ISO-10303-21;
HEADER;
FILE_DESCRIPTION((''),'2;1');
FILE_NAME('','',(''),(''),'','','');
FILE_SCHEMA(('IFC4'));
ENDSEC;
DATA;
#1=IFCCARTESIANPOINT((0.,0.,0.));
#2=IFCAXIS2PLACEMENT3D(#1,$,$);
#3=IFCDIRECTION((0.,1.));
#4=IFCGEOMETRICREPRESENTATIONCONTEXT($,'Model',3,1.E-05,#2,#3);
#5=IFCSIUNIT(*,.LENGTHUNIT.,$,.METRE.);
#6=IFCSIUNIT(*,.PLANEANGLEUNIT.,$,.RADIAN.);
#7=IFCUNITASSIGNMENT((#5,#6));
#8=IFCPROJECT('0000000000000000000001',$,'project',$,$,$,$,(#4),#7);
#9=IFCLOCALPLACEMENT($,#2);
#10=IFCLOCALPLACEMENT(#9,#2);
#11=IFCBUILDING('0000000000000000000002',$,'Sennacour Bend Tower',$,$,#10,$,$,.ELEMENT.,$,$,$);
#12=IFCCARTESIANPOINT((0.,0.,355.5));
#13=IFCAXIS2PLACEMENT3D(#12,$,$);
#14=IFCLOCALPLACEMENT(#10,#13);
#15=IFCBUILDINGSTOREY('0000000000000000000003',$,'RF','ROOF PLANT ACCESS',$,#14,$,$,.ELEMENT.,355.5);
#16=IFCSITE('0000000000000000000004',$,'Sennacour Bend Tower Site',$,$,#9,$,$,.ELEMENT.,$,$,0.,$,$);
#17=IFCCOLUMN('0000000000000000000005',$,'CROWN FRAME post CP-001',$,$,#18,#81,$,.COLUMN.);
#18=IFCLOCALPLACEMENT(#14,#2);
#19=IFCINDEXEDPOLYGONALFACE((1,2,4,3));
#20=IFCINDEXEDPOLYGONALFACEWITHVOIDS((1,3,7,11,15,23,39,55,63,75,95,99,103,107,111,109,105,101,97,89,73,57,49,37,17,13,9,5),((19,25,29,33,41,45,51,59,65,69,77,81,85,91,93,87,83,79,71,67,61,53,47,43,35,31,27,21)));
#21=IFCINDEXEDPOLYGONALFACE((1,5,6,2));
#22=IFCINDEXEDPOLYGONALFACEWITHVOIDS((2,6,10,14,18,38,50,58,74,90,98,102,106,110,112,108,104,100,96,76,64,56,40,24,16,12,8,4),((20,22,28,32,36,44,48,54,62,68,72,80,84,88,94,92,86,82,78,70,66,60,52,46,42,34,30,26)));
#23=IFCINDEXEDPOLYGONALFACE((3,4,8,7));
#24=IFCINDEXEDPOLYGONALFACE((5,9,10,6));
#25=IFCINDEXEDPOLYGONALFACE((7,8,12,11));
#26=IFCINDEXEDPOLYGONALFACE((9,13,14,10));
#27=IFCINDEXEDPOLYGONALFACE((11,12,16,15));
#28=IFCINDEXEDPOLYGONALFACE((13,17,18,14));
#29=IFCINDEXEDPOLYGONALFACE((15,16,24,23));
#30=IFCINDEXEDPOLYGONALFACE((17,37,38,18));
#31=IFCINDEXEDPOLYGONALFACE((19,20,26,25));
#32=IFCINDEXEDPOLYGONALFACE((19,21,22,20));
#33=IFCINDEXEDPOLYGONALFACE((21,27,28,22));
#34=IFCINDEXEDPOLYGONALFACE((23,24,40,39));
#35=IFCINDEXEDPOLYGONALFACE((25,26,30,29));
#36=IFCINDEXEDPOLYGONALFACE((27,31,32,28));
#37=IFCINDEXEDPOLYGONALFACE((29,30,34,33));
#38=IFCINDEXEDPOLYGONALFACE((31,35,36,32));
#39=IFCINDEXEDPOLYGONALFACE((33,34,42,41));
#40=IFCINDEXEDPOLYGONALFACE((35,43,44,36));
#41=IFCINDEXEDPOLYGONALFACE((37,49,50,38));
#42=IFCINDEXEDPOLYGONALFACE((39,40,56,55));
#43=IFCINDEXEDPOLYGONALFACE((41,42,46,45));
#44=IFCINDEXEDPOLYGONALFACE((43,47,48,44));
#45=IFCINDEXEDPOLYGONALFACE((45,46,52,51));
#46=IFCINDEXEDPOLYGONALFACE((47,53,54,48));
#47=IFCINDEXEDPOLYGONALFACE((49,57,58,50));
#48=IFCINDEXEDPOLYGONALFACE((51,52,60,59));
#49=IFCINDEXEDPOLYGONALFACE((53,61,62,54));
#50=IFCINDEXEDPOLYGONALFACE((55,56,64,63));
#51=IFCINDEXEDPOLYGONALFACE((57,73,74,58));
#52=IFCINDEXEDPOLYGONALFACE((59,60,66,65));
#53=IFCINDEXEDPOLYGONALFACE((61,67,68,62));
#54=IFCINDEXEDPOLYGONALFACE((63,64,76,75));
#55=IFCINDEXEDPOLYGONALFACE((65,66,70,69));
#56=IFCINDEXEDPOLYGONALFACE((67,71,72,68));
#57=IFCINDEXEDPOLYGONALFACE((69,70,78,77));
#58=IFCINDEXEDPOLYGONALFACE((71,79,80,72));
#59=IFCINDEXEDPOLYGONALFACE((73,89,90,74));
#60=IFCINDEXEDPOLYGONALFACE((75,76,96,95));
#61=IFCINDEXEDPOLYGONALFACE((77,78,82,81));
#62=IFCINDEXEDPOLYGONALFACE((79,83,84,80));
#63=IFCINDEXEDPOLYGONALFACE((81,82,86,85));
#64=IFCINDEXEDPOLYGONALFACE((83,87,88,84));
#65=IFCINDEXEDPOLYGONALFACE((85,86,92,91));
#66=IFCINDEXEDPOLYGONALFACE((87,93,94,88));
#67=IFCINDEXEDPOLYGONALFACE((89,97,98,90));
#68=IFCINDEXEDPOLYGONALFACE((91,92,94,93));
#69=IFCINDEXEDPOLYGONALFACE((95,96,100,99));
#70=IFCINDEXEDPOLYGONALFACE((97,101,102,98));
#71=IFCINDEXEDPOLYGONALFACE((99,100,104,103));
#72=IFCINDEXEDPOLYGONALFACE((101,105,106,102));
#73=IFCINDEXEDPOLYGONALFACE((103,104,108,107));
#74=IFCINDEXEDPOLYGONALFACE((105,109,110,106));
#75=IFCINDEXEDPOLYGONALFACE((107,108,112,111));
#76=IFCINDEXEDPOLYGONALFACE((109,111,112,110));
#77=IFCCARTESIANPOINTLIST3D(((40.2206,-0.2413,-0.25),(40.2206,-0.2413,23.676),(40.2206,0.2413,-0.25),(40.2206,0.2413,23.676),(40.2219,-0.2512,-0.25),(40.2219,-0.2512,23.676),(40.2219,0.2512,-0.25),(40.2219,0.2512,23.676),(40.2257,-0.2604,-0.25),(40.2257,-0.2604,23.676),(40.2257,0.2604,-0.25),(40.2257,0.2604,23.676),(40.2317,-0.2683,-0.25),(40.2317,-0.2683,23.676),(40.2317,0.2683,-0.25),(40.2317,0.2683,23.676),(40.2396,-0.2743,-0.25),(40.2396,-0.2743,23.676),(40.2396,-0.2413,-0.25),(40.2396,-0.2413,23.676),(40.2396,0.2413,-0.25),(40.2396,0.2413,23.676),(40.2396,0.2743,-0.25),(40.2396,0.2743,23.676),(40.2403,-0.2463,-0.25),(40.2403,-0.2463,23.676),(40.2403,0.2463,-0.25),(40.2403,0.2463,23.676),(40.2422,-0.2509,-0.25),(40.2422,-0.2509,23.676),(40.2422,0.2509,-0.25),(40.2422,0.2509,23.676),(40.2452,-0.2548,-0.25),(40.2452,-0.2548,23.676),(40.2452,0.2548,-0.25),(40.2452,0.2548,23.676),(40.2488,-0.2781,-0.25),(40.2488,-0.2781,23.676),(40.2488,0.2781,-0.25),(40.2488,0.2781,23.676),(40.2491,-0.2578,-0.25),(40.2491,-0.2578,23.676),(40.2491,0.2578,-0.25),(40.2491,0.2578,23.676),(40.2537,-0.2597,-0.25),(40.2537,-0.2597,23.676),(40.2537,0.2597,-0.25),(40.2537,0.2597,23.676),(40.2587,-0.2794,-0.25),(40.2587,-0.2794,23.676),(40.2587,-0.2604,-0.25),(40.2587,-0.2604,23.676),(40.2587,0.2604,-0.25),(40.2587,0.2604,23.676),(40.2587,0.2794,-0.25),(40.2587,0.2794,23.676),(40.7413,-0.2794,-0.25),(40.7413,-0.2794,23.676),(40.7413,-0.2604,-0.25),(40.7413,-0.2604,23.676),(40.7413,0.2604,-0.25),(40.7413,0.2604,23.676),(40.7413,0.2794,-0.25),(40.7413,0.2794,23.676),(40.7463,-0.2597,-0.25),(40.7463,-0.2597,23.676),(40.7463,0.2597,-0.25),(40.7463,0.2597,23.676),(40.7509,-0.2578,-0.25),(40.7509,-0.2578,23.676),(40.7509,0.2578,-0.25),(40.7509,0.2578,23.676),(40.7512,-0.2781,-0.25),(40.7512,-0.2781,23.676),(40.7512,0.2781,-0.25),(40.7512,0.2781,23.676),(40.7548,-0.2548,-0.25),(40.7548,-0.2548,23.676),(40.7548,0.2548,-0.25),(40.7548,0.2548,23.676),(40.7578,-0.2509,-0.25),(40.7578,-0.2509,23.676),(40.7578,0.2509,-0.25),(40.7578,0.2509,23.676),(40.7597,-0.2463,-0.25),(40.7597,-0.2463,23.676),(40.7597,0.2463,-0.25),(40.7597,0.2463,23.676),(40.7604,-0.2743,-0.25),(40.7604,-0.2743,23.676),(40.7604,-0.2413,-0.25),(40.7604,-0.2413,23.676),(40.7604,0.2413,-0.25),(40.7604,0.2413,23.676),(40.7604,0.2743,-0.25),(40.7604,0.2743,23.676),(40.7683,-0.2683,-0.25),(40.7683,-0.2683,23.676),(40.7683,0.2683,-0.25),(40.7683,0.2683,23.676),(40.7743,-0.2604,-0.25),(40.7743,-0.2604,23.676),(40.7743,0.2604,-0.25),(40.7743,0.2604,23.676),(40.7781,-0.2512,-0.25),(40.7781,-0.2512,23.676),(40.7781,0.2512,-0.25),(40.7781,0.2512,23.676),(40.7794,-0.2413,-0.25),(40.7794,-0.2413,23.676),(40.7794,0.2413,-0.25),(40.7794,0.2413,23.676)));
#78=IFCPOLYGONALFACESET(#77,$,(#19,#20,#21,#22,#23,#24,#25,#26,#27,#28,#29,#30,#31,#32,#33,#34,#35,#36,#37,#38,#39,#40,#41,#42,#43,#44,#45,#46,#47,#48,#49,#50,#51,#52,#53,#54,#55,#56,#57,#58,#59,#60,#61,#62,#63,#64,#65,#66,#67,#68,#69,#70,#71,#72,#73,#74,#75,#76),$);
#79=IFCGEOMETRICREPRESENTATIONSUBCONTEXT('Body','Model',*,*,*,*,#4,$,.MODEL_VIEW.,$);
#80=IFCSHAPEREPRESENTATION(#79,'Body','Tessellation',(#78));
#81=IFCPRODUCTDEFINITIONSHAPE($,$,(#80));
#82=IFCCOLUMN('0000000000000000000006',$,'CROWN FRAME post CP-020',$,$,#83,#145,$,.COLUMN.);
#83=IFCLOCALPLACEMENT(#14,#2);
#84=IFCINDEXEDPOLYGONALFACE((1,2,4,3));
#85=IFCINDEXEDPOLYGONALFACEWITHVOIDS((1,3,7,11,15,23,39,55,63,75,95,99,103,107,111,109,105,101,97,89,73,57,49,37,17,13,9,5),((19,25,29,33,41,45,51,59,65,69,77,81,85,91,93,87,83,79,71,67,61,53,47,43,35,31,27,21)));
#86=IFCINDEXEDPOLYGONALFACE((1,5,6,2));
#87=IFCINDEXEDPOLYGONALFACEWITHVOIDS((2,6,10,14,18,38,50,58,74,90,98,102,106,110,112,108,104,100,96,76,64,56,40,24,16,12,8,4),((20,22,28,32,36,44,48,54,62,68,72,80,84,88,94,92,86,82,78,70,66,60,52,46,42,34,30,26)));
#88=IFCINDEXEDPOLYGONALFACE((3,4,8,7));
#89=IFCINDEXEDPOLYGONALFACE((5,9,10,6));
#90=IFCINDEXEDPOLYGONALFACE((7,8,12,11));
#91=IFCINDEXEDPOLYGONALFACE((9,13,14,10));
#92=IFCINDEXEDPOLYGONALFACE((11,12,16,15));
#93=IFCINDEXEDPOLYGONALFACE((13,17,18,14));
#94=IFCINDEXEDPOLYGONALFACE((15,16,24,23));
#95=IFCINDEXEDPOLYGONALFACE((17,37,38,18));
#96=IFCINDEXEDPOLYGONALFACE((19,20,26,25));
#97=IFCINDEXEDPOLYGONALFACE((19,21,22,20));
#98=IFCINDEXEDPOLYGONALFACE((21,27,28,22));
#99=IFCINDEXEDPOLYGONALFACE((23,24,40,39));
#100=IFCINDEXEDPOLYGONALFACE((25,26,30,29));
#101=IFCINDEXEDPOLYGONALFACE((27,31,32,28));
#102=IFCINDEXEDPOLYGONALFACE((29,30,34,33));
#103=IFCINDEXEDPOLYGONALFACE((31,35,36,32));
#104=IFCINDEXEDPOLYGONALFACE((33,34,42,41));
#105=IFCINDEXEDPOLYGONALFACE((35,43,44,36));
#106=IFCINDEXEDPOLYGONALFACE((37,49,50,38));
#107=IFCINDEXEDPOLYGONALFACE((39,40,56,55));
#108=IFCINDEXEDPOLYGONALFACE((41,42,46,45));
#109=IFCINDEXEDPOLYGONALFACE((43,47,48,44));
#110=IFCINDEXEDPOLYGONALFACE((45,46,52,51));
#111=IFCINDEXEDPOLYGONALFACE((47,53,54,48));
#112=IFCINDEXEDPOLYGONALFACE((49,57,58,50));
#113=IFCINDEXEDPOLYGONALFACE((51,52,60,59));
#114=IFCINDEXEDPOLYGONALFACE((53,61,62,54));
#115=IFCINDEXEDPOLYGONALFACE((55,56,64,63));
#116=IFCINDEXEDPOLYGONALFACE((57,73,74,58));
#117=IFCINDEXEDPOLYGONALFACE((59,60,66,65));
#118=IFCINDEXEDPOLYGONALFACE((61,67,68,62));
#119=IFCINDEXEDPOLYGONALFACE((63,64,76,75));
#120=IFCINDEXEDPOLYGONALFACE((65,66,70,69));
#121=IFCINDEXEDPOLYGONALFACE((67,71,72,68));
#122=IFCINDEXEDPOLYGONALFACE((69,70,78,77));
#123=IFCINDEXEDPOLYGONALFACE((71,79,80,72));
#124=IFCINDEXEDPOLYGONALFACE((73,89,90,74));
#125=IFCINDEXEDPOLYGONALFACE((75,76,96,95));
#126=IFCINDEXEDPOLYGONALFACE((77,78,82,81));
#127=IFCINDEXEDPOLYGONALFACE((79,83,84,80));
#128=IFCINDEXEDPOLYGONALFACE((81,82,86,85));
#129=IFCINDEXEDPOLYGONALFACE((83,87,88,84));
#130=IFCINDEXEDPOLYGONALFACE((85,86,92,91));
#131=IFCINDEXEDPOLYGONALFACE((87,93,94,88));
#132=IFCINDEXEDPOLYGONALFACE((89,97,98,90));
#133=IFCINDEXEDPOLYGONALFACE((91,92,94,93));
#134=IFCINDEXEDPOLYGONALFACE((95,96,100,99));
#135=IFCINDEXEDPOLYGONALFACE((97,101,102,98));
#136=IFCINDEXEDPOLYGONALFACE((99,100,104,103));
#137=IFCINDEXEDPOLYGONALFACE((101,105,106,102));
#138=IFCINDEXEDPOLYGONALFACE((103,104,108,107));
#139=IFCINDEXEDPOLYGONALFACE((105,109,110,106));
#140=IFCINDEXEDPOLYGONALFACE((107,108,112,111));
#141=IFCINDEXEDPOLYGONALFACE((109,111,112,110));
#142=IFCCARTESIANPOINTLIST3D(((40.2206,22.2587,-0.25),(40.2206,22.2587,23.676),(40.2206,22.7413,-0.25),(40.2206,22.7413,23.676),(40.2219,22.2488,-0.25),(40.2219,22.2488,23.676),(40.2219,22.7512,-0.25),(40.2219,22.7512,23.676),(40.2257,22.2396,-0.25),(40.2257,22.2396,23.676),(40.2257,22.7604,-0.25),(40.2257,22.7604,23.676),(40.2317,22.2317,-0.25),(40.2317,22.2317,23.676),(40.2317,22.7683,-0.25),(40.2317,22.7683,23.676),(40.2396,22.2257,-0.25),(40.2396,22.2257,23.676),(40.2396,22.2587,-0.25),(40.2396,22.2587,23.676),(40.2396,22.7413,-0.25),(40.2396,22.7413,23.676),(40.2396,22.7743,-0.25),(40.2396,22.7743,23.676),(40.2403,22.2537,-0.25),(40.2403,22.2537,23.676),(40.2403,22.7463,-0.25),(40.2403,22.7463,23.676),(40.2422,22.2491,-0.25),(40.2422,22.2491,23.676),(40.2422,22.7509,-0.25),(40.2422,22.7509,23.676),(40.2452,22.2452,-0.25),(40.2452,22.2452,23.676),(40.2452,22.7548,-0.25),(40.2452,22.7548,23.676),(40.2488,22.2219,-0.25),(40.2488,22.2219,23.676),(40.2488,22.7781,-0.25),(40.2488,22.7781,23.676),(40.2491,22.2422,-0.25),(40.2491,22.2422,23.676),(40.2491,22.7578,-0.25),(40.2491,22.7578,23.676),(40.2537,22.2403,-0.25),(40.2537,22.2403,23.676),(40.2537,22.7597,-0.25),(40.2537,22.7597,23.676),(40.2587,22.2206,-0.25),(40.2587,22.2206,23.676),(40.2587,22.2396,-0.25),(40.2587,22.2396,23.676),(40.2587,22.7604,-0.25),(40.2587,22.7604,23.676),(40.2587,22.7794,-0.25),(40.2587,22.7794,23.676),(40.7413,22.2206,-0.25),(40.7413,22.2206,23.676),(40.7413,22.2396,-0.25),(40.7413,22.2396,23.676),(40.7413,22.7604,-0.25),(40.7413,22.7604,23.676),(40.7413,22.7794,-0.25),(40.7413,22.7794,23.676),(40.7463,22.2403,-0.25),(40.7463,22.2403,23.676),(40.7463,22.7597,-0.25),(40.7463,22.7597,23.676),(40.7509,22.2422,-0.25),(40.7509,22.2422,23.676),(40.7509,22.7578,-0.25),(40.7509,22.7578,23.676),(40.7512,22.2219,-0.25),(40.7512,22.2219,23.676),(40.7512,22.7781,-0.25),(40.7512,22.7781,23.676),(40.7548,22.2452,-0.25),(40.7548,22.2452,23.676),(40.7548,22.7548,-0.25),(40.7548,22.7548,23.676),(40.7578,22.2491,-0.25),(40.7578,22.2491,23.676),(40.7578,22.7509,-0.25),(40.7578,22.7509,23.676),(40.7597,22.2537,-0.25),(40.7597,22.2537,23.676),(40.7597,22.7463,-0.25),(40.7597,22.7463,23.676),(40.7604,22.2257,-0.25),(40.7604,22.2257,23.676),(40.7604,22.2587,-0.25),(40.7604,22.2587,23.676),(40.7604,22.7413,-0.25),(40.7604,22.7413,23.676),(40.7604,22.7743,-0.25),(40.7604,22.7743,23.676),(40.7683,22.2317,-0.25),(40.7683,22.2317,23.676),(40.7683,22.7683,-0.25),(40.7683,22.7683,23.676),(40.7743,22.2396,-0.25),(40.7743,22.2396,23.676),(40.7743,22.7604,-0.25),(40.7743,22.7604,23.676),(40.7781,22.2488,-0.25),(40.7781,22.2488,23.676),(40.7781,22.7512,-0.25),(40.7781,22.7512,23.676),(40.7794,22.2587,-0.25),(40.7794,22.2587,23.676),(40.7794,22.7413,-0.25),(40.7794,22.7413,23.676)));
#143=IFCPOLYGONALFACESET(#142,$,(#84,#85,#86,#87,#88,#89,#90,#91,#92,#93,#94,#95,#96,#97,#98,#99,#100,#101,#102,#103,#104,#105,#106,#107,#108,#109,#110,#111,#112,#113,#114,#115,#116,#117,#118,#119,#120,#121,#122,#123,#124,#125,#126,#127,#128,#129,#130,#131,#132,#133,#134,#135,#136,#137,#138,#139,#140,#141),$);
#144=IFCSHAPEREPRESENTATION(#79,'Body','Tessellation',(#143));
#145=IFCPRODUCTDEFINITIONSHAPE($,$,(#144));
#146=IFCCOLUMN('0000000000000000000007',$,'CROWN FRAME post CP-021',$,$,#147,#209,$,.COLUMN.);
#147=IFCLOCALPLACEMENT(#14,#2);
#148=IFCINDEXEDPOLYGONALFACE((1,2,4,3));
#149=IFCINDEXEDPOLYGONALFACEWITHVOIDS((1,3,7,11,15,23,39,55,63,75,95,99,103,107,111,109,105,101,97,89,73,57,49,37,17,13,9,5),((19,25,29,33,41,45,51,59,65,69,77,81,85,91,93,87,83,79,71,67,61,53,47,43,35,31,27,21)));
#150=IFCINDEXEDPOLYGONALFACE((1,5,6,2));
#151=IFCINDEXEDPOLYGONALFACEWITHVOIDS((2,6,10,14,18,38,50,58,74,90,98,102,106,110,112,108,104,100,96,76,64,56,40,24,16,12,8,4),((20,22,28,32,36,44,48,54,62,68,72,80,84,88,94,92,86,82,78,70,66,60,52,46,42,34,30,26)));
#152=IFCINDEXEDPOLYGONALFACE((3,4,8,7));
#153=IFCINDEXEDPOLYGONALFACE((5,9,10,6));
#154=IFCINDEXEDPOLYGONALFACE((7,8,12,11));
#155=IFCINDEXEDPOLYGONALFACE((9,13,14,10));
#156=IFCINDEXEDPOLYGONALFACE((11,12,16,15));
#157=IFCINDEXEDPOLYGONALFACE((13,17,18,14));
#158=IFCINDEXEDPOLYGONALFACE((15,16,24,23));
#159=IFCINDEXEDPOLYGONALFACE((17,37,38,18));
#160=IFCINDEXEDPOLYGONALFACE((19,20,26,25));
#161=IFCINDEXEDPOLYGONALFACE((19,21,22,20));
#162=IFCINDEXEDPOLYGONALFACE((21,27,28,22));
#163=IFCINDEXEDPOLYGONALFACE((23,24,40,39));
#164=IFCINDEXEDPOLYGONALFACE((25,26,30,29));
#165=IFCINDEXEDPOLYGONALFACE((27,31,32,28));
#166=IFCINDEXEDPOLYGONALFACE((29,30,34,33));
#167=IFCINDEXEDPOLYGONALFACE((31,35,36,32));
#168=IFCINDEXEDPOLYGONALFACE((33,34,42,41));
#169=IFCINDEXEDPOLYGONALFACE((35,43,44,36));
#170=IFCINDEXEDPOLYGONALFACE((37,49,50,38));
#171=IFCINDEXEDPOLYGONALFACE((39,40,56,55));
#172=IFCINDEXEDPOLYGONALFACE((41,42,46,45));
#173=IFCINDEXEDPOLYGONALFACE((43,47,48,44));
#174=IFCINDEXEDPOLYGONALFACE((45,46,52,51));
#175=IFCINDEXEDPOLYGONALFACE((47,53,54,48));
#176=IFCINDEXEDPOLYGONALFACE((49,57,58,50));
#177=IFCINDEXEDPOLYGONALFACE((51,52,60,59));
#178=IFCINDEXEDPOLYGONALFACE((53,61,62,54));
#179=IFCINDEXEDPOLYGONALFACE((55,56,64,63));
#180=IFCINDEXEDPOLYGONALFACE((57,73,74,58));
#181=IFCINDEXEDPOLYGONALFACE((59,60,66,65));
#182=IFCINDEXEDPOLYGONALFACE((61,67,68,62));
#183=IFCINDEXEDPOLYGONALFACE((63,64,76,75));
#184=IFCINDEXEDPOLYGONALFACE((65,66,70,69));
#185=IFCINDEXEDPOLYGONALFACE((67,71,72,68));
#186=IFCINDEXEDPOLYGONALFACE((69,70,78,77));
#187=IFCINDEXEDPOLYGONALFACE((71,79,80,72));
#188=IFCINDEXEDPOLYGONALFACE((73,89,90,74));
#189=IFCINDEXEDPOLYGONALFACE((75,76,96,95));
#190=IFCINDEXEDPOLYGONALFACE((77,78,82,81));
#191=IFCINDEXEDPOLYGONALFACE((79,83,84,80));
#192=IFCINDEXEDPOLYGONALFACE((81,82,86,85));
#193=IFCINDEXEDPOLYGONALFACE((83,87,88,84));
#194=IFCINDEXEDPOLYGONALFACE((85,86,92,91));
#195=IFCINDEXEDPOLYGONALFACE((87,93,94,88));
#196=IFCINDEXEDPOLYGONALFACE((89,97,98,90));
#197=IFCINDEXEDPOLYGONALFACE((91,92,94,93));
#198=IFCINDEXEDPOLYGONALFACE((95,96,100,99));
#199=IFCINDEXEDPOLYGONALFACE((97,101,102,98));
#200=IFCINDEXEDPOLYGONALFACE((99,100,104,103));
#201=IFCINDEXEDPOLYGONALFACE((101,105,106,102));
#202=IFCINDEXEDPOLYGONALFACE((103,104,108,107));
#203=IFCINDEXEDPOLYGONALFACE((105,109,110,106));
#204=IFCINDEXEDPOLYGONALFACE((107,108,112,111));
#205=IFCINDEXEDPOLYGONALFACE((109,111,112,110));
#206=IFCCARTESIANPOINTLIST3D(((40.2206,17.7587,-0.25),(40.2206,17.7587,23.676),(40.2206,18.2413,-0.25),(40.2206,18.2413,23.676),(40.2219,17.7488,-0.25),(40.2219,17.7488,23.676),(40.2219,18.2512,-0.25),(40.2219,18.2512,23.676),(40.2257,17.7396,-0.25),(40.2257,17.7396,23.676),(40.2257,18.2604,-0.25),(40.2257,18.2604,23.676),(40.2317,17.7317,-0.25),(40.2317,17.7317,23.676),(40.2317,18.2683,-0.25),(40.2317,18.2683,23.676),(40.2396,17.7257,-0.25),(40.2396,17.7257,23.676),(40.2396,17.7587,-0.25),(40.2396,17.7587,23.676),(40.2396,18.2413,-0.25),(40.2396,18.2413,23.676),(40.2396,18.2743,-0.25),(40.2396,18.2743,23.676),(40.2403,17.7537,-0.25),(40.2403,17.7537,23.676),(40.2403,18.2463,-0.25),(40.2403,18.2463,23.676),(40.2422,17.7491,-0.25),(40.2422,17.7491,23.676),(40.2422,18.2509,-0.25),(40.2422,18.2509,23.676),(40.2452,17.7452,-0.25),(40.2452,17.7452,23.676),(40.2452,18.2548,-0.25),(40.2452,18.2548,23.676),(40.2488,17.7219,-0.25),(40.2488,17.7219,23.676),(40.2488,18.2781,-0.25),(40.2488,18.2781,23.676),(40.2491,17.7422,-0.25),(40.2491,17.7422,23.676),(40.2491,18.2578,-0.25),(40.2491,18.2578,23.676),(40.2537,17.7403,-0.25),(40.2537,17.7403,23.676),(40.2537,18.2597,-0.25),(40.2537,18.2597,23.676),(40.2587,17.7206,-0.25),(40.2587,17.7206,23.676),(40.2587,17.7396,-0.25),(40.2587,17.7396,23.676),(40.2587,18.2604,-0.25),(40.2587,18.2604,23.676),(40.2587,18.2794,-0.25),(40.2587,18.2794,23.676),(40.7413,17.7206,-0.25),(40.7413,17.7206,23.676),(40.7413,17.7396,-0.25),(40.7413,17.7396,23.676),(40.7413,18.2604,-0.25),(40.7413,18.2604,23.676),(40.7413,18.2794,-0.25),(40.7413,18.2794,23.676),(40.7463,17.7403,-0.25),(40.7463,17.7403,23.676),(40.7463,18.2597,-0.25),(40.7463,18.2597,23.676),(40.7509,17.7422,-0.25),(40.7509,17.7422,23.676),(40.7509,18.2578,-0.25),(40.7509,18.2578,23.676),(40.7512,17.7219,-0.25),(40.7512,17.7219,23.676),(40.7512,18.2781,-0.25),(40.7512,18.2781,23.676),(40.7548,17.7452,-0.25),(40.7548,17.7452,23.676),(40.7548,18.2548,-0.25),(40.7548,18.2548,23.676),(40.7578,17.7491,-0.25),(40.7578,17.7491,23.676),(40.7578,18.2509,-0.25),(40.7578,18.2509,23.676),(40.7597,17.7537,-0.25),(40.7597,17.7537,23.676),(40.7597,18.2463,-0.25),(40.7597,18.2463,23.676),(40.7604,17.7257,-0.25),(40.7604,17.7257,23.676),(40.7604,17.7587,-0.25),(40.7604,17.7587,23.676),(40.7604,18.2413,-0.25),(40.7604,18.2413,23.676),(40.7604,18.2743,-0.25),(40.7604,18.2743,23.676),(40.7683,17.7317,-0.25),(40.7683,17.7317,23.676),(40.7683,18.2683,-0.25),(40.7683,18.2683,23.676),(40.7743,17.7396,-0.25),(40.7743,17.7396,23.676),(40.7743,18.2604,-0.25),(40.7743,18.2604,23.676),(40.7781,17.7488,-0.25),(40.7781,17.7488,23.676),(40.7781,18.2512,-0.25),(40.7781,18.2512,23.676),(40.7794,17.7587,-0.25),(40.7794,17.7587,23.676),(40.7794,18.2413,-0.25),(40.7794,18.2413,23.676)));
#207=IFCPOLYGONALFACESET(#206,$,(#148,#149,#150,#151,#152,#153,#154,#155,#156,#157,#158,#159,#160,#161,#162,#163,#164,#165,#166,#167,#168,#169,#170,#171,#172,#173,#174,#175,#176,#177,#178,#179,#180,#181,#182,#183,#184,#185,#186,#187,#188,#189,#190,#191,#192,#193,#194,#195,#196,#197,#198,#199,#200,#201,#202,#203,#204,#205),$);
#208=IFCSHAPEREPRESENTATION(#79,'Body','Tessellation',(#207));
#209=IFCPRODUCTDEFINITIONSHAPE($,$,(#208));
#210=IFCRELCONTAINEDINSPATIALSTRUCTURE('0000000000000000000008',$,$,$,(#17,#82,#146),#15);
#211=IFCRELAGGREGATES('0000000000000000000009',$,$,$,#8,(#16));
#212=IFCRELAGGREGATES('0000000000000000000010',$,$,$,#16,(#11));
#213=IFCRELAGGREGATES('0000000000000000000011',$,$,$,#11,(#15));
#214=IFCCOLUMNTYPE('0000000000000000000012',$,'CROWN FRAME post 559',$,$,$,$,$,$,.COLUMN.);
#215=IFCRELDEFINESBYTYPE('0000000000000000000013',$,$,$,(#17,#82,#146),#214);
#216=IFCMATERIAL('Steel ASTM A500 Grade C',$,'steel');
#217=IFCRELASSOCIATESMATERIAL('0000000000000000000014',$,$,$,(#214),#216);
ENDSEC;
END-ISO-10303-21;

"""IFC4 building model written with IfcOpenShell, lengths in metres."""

from ifc_helpers import new_model, si_unit, direction, frame, origin, origin_2d, place, context, subcontext, project, spatial, hollow_rectangle, extrude, material, material_profile, profile_set, type_object, element, save


model = new_model("IFC4")

# Units and contexts
model_context = context("Model", 3, precision=1e-05, world=origin(), true_north=direction((0.0, 1.0)))
body_context = subcontext(model_context, "Body", "Model", "MODEL_VIEW")
ifc_project = project(units=[si_unit("LENGTHUNIT", "METRE"), si_unit("PLANEANGLEUNIT", "RADIAN")], contexts=[model_context])

# Site, building, storey
site_placement = place(None, origin())
site = spatial("IfcSite", under=ifc_project, at=site_placement, Name="Sennacour Bend Tower Site", CompositionType="ELEMENT", RefElevation=0.0)
building_placement = place(site_placement, origin())
building = spatial("IfcBuilding", under=site, at=building_placement, Name="Sennacour Bend Tower", CompositionType="ELEMENT")
storey_placement = place(building_placement, frame((0.0, 0.0, 355.5)))
storey = spatial("IfcBuildingStorey", under=building, at=storey_placement, Name="RF", Description="ROOF PLANT ACCESS", CompositionType="ELEMENT", Elevation=355.5)

# Columns
ifc_material_1 = material(Name="Steel ASTM A500 Grade C", Category="steel")
ifc_material_profile_1 = material_profile(ifc_material_1, hollow_rectangle(XDim=0.5588, YDim=0.5588, WallThickness=0.019, InnerFilletRadius=0.019, OuterFilletRadius=0.0381, at=origin_2d()), Name="Steel ASTM A500 Grade C", Category="steel")
ifc_profile_set_1 = profile_set([ifc_material_profile_1], Name="Steel ASTM A500 Grade C")
column_type = type_object("IfcColumnType", Name="CROWN FRAME post 559", PredefinedType="COLUMN", material=ifc_profile_set_1)
for number, where, z_axis, x_axis, name in (
    (1, (40.5, 0.0, -0.25), (0.0, 0.0, 1.0), (1.0, 0.0, 0.0), "CROWN FRAME post CP-001"),
    (2, (40.5, 22.5, -0.25), (0.0, 0.0, 1.0), (1.0, 0.0, 0.0), "CROWN FRAME post CP-020"),
    (3, (40.5, 18.0, -0.25), (0.0, 0.0, 1.0), (1.0, 0.0, 0.0), "CROWN FRAME post CP-021"),
):
    element("IfcColumn", number, at=place(storey_placement, frame(where, z_axis=z_axis, x_axis=x_axis)), inside=storey, type_object=column_type, Name=name, PredefinedType="COLUMN", context=body_context, shape_type="SweptSolid", body=[
        extrude(hollow_rectangle(XDim=0.5588, YDim=0.5588, WallThickness=0.019, InnerFilletRadius=0.019, OuterFilletRadius=0.0381, at=origin_2d()), origin(), (0.0, 0.0, 1.0), 23.926),
    ])

save(model, "model.ifc")
